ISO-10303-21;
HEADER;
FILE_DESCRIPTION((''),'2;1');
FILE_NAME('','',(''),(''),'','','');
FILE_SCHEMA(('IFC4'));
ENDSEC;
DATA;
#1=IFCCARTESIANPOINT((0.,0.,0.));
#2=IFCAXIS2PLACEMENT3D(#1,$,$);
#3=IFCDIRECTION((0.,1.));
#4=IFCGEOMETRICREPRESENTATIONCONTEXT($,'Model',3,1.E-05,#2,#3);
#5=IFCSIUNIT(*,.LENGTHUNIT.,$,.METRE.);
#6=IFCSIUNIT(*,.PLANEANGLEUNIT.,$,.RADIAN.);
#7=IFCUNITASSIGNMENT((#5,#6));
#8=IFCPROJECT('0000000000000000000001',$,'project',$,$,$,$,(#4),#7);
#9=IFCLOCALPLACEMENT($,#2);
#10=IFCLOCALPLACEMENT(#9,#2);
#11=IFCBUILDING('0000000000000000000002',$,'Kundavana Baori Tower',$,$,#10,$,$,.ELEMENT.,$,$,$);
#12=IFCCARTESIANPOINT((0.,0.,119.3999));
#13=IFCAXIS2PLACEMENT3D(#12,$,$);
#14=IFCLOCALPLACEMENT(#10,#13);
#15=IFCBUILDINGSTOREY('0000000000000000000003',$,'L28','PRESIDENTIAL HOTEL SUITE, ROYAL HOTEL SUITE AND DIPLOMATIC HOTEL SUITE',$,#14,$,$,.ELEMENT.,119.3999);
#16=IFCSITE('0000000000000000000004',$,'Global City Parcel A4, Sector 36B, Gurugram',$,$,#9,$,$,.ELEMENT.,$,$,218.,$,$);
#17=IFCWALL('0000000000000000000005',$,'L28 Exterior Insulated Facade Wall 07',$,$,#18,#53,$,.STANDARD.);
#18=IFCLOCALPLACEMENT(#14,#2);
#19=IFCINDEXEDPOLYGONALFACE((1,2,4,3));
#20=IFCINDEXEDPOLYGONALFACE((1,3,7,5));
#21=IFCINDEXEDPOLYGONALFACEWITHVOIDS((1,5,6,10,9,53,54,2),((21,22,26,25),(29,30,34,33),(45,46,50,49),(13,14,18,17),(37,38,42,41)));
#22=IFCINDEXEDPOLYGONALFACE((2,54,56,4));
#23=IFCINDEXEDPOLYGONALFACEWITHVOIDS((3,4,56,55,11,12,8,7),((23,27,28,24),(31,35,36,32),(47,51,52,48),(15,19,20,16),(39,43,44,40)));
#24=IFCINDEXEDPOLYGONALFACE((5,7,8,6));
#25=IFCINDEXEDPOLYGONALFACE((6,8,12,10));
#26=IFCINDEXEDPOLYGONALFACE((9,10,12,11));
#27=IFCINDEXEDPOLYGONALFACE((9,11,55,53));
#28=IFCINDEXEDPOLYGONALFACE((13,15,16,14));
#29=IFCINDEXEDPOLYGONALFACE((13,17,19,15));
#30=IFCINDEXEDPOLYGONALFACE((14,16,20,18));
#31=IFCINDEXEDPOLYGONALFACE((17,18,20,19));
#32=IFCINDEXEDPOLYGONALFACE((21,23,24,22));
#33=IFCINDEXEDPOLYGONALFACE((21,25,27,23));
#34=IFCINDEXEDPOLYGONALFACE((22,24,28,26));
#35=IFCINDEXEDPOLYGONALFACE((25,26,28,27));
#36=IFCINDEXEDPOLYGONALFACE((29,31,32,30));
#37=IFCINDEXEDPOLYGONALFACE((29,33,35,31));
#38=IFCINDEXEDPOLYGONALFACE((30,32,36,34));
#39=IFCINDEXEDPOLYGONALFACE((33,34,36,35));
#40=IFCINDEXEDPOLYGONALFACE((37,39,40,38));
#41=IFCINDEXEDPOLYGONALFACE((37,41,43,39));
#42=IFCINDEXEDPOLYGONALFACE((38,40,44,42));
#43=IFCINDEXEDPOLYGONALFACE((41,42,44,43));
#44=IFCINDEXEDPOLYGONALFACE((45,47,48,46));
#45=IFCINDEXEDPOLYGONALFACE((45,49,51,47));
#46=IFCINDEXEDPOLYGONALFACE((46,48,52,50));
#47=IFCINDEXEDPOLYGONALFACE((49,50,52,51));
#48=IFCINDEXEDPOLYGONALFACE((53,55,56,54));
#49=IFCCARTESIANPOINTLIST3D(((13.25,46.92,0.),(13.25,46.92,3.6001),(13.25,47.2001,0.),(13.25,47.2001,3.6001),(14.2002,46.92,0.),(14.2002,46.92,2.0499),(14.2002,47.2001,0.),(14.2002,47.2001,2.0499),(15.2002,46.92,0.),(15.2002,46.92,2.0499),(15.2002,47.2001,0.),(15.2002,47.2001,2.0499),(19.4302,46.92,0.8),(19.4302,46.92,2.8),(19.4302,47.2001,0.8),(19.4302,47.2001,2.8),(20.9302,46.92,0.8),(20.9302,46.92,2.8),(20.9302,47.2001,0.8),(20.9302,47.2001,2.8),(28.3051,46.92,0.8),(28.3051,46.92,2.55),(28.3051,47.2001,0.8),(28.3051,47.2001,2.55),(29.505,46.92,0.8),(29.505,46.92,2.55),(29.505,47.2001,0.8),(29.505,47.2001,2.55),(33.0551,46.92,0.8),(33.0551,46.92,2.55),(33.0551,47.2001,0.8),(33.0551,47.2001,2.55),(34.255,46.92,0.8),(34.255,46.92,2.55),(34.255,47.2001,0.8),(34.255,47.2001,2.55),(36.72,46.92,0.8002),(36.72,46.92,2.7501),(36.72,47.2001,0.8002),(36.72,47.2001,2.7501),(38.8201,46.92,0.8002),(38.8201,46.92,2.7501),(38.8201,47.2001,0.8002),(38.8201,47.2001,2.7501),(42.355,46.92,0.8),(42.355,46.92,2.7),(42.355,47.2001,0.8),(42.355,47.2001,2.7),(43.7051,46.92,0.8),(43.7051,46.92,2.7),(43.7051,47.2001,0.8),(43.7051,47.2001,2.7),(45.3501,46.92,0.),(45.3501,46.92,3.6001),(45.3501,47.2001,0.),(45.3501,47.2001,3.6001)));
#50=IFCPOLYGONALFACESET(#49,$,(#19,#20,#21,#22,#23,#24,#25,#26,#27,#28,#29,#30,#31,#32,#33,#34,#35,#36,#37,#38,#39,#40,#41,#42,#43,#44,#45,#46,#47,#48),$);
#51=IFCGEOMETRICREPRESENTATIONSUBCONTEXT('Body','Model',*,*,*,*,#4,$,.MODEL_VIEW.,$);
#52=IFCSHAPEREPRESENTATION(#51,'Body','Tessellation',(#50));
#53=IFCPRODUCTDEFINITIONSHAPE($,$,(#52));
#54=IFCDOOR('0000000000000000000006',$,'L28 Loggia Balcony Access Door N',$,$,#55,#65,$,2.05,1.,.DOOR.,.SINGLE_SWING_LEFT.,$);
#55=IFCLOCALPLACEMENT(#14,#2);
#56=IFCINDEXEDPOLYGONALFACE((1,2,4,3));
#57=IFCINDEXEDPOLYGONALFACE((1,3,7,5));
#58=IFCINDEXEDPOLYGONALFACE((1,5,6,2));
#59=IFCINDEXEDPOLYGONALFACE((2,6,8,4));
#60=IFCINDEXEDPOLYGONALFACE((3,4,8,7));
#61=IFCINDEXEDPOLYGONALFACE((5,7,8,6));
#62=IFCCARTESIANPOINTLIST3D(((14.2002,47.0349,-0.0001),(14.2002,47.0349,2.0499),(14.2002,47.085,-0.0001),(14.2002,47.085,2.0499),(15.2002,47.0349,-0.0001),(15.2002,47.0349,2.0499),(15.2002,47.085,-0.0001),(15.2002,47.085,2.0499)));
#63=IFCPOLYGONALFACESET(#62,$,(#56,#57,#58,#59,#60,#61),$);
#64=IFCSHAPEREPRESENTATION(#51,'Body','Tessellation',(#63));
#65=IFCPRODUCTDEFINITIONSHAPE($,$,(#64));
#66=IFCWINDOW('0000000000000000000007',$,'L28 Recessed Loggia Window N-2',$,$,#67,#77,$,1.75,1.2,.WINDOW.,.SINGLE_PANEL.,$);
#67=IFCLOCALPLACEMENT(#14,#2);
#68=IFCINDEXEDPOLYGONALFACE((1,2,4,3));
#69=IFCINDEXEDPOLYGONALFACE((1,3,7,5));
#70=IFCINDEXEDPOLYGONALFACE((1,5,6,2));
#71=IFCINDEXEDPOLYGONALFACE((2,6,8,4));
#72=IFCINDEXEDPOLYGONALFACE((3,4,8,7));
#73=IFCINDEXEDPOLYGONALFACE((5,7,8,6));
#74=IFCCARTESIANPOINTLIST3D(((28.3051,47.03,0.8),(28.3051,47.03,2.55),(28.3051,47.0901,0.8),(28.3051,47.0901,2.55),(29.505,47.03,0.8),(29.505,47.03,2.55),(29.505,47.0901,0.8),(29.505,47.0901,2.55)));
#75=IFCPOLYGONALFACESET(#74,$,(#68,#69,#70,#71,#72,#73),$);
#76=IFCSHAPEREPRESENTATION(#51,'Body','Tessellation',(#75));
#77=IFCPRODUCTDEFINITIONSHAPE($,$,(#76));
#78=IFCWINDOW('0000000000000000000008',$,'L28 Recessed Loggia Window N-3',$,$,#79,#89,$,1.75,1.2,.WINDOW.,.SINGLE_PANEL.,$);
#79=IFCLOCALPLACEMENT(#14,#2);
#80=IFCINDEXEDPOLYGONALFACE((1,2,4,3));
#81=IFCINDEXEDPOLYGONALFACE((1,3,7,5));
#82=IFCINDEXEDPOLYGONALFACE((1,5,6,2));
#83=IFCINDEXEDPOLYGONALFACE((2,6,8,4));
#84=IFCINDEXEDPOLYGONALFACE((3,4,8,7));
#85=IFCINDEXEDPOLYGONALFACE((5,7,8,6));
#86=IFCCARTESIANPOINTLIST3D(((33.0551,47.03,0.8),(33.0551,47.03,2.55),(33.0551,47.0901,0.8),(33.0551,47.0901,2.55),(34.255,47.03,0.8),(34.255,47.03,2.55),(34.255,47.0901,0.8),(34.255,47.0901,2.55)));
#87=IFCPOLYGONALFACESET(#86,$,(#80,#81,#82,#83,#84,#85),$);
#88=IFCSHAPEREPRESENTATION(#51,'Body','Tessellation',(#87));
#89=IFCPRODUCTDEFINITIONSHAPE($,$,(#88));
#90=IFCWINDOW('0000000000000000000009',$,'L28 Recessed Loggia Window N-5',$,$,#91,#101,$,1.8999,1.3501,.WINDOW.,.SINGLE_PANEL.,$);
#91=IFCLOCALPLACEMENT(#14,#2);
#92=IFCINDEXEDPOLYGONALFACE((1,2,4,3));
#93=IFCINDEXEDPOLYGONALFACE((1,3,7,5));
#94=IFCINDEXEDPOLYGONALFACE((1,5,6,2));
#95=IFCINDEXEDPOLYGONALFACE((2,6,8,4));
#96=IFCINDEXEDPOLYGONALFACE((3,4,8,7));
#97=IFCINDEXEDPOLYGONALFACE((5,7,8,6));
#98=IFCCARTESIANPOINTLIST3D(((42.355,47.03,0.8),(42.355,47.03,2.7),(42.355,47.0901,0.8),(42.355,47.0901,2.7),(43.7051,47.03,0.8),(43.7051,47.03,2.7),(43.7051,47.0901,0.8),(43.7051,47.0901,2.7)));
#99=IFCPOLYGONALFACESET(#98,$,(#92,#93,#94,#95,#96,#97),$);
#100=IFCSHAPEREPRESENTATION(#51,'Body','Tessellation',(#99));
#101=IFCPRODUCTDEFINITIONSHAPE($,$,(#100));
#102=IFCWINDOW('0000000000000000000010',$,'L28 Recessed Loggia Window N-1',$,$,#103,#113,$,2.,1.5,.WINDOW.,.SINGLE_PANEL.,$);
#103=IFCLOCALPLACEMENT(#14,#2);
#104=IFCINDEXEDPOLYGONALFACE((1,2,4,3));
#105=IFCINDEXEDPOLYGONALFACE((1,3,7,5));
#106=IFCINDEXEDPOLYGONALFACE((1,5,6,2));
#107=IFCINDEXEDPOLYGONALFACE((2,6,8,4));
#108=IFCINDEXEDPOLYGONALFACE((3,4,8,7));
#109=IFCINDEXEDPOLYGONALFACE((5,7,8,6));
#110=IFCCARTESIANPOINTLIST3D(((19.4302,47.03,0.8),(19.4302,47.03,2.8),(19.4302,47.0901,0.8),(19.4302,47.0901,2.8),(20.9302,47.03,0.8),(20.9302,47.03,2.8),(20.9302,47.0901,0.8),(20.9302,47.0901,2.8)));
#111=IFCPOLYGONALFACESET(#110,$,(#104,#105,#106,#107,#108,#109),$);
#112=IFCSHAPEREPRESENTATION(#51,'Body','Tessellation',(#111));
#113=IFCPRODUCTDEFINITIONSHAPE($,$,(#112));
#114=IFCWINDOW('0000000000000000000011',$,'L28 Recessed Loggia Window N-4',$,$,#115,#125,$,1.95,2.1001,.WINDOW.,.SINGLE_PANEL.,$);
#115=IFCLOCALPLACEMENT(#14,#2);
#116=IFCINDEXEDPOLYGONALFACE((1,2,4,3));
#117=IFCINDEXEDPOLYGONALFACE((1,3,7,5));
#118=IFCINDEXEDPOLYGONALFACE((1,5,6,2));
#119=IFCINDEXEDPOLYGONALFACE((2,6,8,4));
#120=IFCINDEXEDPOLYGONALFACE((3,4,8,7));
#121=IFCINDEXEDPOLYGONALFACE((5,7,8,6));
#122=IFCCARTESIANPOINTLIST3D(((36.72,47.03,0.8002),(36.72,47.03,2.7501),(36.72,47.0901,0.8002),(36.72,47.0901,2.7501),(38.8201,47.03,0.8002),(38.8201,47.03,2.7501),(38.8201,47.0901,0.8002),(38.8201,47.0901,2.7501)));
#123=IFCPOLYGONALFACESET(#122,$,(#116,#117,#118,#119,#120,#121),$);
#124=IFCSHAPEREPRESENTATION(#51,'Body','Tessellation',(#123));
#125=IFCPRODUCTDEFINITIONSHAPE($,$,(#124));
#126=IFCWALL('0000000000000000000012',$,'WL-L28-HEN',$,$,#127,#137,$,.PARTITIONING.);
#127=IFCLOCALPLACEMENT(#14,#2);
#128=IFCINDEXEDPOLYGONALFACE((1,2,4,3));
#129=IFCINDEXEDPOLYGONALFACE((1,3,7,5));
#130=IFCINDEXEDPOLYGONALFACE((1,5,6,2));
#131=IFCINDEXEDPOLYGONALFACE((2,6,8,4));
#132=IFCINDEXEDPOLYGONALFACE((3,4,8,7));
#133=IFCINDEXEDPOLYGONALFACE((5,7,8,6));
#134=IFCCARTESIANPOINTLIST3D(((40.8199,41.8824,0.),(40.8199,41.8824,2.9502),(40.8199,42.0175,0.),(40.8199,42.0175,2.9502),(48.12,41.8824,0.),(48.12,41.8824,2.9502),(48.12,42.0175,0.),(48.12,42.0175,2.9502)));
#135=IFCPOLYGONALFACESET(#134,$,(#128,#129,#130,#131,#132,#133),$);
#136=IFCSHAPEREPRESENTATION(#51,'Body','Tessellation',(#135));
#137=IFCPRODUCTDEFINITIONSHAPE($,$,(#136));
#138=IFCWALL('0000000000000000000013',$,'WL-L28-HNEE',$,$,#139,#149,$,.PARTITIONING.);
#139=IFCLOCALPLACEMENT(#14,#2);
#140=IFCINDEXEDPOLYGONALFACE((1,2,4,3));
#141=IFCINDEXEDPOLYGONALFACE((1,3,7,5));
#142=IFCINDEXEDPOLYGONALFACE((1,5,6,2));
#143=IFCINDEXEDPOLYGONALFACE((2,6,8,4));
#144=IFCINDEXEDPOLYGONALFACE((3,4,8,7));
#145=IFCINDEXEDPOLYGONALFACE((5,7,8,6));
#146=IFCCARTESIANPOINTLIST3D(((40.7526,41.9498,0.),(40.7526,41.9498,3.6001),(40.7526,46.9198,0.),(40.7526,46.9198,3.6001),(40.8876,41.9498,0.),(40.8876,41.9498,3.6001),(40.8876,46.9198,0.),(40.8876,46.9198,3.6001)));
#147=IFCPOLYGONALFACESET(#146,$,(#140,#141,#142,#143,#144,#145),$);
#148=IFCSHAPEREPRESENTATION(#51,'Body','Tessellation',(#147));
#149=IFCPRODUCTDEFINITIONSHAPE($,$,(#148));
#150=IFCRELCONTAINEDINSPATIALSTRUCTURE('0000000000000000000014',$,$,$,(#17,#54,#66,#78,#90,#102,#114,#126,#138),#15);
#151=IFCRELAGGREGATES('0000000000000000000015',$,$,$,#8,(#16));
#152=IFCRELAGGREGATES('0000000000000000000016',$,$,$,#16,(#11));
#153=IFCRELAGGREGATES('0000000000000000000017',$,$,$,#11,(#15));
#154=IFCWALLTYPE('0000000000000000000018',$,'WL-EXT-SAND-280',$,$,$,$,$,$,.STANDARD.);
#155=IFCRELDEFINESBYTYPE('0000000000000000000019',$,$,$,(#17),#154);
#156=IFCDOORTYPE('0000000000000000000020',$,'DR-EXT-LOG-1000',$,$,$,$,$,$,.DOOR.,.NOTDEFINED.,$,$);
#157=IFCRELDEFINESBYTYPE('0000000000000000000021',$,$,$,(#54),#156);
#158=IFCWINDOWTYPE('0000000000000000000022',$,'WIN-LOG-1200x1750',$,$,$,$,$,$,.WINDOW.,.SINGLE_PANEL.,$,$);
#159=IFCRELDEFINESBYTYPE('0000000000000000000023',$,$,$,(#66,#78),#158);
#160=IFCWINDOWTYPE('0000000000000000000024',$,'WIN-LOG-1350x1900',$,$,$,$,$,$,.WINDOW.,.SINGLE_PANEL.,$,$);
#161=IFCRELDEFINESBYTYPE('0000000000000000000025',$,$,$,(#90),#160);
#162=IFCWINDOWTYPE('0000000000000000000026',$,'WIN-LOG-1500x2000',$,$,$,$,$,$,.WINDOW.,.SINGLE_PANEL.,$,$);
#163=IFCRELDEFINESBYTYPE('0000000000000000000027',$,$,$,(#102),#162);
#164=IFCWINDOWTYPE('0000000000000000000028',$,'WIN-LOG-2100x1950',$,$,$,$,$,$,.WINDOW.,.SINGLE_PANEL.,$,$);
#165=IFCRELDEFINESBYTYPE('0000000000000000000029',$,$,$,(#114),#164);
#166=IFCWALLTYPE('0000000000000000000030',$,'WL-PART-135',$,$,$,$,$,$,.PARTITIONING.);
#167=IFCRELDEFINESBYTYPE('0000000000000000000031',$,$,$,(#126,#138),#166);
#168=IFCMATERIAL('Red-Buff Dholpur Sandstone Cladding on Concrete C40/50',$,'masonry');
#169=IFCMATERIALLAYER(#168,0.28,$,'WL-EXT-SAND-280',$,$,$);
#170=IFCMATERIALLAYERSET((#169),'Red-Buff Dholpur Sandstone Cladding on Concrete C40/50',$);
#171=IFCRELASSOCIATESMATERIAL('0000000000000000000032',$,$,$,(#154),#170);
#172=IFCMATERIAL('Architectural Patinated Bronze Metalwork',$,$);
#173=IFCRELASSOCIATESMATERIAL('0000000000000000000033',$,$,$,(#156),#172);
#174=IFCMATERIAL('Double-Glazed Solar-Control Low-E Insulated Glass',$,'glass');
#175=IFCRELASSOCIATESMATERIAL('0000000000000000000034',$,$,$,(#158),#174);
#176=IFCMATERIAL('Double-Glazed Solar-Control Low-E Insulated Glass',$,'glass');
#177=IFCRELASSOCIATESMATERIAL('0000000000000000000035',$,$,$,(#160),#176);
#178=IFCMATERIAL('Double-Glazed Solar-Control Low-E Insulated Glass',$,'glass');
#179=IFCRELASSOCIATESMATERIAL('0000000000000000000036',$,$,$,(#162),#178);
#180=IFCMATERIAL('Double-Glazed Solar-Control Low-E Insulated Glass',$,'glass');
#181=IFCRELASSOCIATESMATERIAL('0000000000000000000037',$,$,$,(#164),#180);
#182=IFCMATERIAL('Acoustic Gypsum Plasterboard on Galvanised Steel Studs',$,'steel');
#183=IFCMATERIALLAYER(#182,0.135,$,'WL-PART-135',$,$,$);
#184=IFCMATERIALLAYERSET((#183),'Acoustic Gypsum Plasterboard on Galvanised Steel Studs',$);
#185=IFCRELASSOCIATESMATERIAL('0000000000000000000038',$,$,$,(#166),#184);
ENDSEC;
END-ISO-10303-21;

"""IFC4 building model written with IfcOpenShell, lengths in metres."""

from ifc_helpers import new_model, si_unit, direction, frame, frame_2d, origin, place, context, subcontext, project, spatial, rectangle, extrude, material, layer, layer_set, type_object, element, fill, save


model = new_model("IFC4")

# Units and contexts
model_context = context("Model", 3, precision=1e-05, world=origin(), true_north=direction((0.0, 1.0)))
body_context = subcontext(model_context, "Body", "Model", "MODEL_VIEW")
ifc_project = project(units=[si_unit("LENGTHUNIT", "METRE"), si_unit("PLANEANGLEUNIT", "RADIAN")], contexts=[model_context])

# Site, building, storey
site_placement = place(None, origin())
site = spatial("IfcSite", under=ifc_project, at=site_placement, Name="Global City Parcel A4, Sector 36B, Gurugram", CompositionType="ELEMENT", RefElevation=218.0)
building_placement = place(site_placement, origin())
building = spatial("IfcBuilding", under=site, at=building_placement, Name="Kundavana Baori Tower", CompositionType="ELEMENT")
storey_placement = place(building_placement, frame((0.0, 0.0, 119.3999)))
storey = spatial("IfcBuildingStorey", under=building, at=storey_placement, Name="L28", Description="PRESIDENTIAL HOTEL SUITE, ROYAL HOTEL SUITE AND DIPLOMATIC HOTEL SUITE", CompositionType="ELEMENT", Elevation=119.3999)

# Shared definitions
ifc_material_1 = material(Name="Red-Buff Dholpur Sandstone Cladding on Concrete C40/50", Category="masonry")
ifc_layer_1 = layer(ifc_material_1, 0.28, Name="WL-EXT-SAND-280")
ifc_layer_set_1 = layer_set([ifc_layer_1], Name="Red-Buff Dholpur Sandstone Cladding on Concrete C40/50")
wall_type_1 = type_object("IfcWallType", Name="WL-EXT-SAND-280", PredefinedType="STANDARD", material=ifc_layer_set_1)

# Wall, openings, door, windows
wall_1_placement = place(storey_placement, frame((45.3501, 47.0601, 0.0), z_axis=(0.0, 0.0, 1.0), x_axis=(-1.0, 0.0, 0.0)))
wall_1 = element("IfcWall", 1, at=wall_1_placement, inside=storey, type_object=wall_type_1, Name="L28 Exterior Insulated Facade Wall 07", PredefinedType="STANDARD", context=body_context, shape_type="SweptSolid", body=[
    extrude(rectangle(XDim=32.1001, YDim=0.28, at=frame_2d((16.05, 0.0))), origin(), (0.0, 0.0, 1.0), 3.6001),
])
opening_1_placement = place(wall_1_placement, frame((30.1499, 0.0, 0.0)))
opening_1 = element("IfcOpeningElement", 2, at=opening_1_placement, cuts=wall_1, PredefinedType="OPENING", context=body_context, shape_type="SweptSolid", body=[
    extrude(rectangle(XDim=1.0, YDim=2.05, at=frame_2d((0.5, 1.0249))), frame((0.0, 0.1499, 0.0), z_axis=(0.0, -1.0, 0.0), x_axis=(1.0, 0.0, 0.0)), (0.0, 0.0, 1.0), 0.3),
])
opening_2_placement = place(wall_1_placement, frame((24.4199, 0.0, 0.8)))
opening_2 = element("IfcOpeningElement", 3, at=opening_2_placement, cuts=wall_1, PredefinedType="OPENING", context=body_context, shape_type="SweptSolid", body=[
    extrude(rectangle(XDim=1.5, YDim=2.0, at=frame_2d((0.75, 1.0))), frame((0.0, 0.1499, 0.0), z_axis=(0.0, -1.0, 0.0), x_axis=(1.0, 0.0, 0.0)), (0.0, 0.0, 1.0), 0.3),
])
opening_3_placement = place(wall_1_placement, frame((15.845, 0.0, 0.8)))
opening_3 = element("IfcOpeningElement", 4, at=opening_3_placement, cuts=wall_1, PredefinedType="OPENING", context=body_context, shape_type="SweptSolid", body=[
    extrude(rectangle(XDim=1.2, YDim=1.75, at=frame_2d((0.6001, 0.875))), frame((0.0, 0.1499, 0.0), z_axis=(0.0, -1.0, 0.0), x_axis=(1.0, 0.0, 0.0)), (0.0, 0.0, 1.0), 0.3),
])
opening_4_placement = place(wall_1_placement, frame((11.095, 0.0, 0.8)))
opening_4 = element("IfcOpeningElement", 5, at=opening_4_placement, cuts=wall_1, PredefinedType="OPENING", context=body_context, shape_type="SweptSolid", body=[
    extrude(rectangle(XDim=1.2, YDim=1.75, at=frame_2d((0.6001, 0.875))), frame((0.0, 0.1499, 0.0), z_axis=(0.0, -1.0, 0.0), x_axis=(1.0, 0.0, 0.0)), (0.0, 0.0, 1.0), 0.3),
])
opening_5_placement = place(wall_1_placement, frame((6.53, 0.0, 0.8)))
opening_5 = element("IfcOpeningElement", 6, at=opening_5_placement, cuts=wall_1, PredefinedType="OPENING", context=body_context, shape_type="SweptSolid", body=[
    extrude(rectangle(XDim=2.1001, YDim=1.95, at=frame_2d((1.05, 0.9751))), frame((0.0, 0.1499, 0.0), z_axis=(0.0, -1.0, 0.0), x_axis=(1.0, 0.0, 0.0)), (0.0, 0.0, 1.0), 0.3),
])
opening_6_placement = place(wall_1_placement, frame((1.645, 0.0, 0.8)))
opening_6 = element("IfcOpeningElement", 7, at=opening_6_placement, cuts=wall_1, PredefinedType="OPENING", context=body_context, shape_type="SweptSolid", body=[
    extrude(rectangle(XDim=1.3501, YDim=1.8999, at=frame_2d((0.675, 0.95))), frame((0.0, 0.1499, 0.0), z_axis=(0.0, -1.0, 0.0), x_axis=(1.0, 0.0, 0.0)), (0.0, 0.0, 1.0), 0.3),
])
ifc_material_2 = material(Name="Architectural Patinated Bronze Metalwork")
door_type_1 = type_object("IfcDoorType", Name="DR-EXT-LOG-1000", OperationType="NOTDEFINED", PredefinedType="DOOR", material=ifc_material_2)
door_1_placement = place(opening_1_placement, frame((1.0, 0.0, 0.0), z_axis=(0.0, 0.0, 1.0), x_axis=(-1.0, 0.0, 0.0)))
door_1 = element("IfcDoor", 8, at=door_1_placement, inside=storey, type_object=door_type_1, Name="L28 Loggia Balcony Access Door N", OperationType="SINGLE_SWING_LEFT", OverallHeight=2.05, OverallWidth=1.0, PredefinedType="DOOR", context=body_context, shape_type="SweptSolid", body=[
    extrude(rectangle(XDim=1.0, YDim=2.05, at=frame_2d((0.5, 1.0249))), frame((0.0, 0.0249, 0.0), z_axis=(0.0, -1.0, 0.0), x_axis=(1.0, 0.0, 0.0)), (0.0, 0.0, 1.0), 0.05),
])
fill(opening_1, door_1)
ifc_material_3 = material(Name="Double-Glazed Solar-Control Low-E Insulated Glass", Category="glass")
window_type_1 = type_object("IfcWindowType", Name="WIN-LOG-1200x1750", PartitioningType="SINGLE_PANEL", PredefinedType="WINDOW", material=ifc_material_3)
window_1_placement = place(opening_3_placement, origin())
window_1 = element("IfcWindow", 9, at=window_1_placement, inside=storey, type_object=window_type_1, Name="L28 Recessed Loggia Window N-2", OverallHeight=1.75, OverallWidth=1.2, PartitioningType="SINGLE_PANEL", PredefinedType="WINDOW", context=body_context, shape_type="SweptSolid", body=[
    extrude(rectangle(XDim=1.2, YDim=1.75, at=frame_2d((0.6001, 0.875))), frame((0.0, 0.03, 0.0), z_axis=(0.0, -1.0, 0.0), x_axis=(1.0, 0.0, 0.0)), (0.0, 0.0, 1.0), 0.0601),
])
fill(opening_3, window_1)
window_2_placement = place(opening_4_placement, origin())
window_2 = element("IfcWindow", 10, at=window_2_placement, inside=storey, type_object=window_type_1, Name="L28 Recessed Loggia Window N-3", OverallHeight=1.75, OverallWidth=1.2, PartitioningType="SINGLE_PANEL", PredefinedType="WINDOW", context=body_context, shape_type="SweptSolid", body=[
    extrude(rectangle(XDim=1.2, YDim=1.75, at=frame_2d((0.6001, 0.875))), frame((0.0, 0.03, 0.0), z_axis=(0.0, -1.0, 0.0), x_axis=(1.0, 0.0, 0.0)), (0.0, 0.0, 1.0), 0.0601),
])
fill(opening_4, window_2)
ifc_material_4 = material(Name="Double-Glazed Solar-Control Low-E Insulated Glass", Category="glass")
window_type_2 = type_object("IfcWindowType", Name="WIN-LOG-1350x1900", PartitioningType="SINGLE_PANEL", PredefinedType="WINDOW", material=ifc_material_4)
window_3_placement = place(opening_6_placement, origin())
window_3 = element("IfcWindow", 11, at=window_3_placement, inside=storey, type_object=window_type_2, Name="L28 Recessed Loggia Window N-5", OverallHeight=1.8999, OverallWidth=1.3501, PartitioningType="SINGLE_PANEL", PredefinedType="WINDOW", context=body_context, shape_type="SweptSolid", body=[
    extrude(rectangle(XDim=1.3501, YDim=1.8999, at=frame_2d((0.675, 0.95))), frame((0.0, 0.03, 0.0), z_axis=(0.0, -1.0, 0.0), x_axis=(1.0, 0.0, 0.0)), (0.0, 0.0, 1.0), 0.0601),
])
fill(opening_6, window_3)
ifc_material_5 = material(Name="Double-Glazed Solar-Control Low-E Insulated Glass", Category="glass")
window_type_3 = type_object("IfcWindowType", Name="WIN-LOG-1500x2000", PartitioningType="SINGLE_PANEL", PredefinedType="WINDOW", material=ifc_material_5)
window_4_placement = place(opening_2_placement, origin())
window_4 = element("IfcWindow", 12, at=window_4_placement, inside=storey, type_object=window_type_3, Name="L28 Recessed Loggia Window N-1", OverallHeight=2.0, OverallWidth=1.5, PartitioningType="SINGLE_PANEL", PredefinedType="WINDOW", context=body_context, shape_type="SweptSolid", body=[
    extrude(rectangle(XDim=1.5, YDim=2.0, at=frame_2d((0.75, 1.0))), frame((0.0, 0.03, 0.0), z_axis=(0.0, -1.0, 0.0), x_axis=(1.0, 0.0, 0.0)), (0.0, 0.0, 1.0), 0.0601),
])
fill(opening_2, window_4)
ifc_material_6 = material(Name="Double-Glazed Solar-Control Low-E Insulated Glass", Category="glass")
window_type_4 = type_object("IfcWindowType", Name="WIN-LOG-2100x1950", PartitioningType="SINGLE_PANEL", PredefinedType="WINDOW", material=ifc_material_6)
window_5_placement = place(opening_5_placement, origin())
window_5 = element("IfcWindow", 13, at=window_5_placement, inside=storey, type_object=window_type_4, Name="L28 Recessed Loggia Window N-4", OverallHeight=1.95, OverallWidth=2.1001, PartitioningType="SINGLE_PANEL", PredefinedType="WINDOW", context=body_context, shape_type="SweptSolid", body=[
    extrude(rectangle(XDim=2.1001, YDim=1.95, at=frame_2d((1.05, 0.9751))), frame((0.0, 0.03, 0.0), z_axis=(0.0, -1.0, 0.0), x_axis=(1.0, 0.0, 0.0)), (0.0, 0.0, 1.0), 0.0601),
])
fill(opening_5, window_5)

# Walls
ifc_material_7 = material(Name="Acoustic Gypsum Plasterboard on Galvanised Steel Studs", Category="steel")
ifc_layer_2 = layer(ifc_material_7, 0.135, Name="WL-PART-135")
ifc_layer_set_2 = layer_set([ifc_layer_2], Name="Acoustic Gypsum Plasterboard on Galvanised Steel Studs")
wall_type_2 = type_object("IfcWallType", Name="WL-PART-135", PredefinedType="PARTITIONING", material=ifc_layer_set_2)
wall_2_placement = place(storey_placement, frame((40.8201, 41.95, 0.0), z_axis=(0.0, 0.0, 1.0), x_axis=(1.0, 0.0, 0.0)))
element("IfcWall", 14, at=wall_2_placement, inside=storey, type_object=wall_type_2, Name="WL-L28-HEN", PredefinedType="PARTITIONING", context=body_context, shape_type="SweptSolid", body=[
    extrude(rectangle(XDim=7.3, YDim=0.135, at=frame_2d((3.6499, 0.0))), origin(), (0.0, 0.0, 1.0), 2.9502),
])
wall_3_placement = place(storey_placement, frame((40.8201, 41.95, 0.0), z_axis=(0.0, 0.0, 1.0), x_axis=(0.0, 1.0, 0.0)))
element("IfcWall", 15, at=wall_3_placement, inside=storey, type_object=wall_type_2, Name="WL-L28-HNEE", PredefinedType="PARTITIONING", context=body_context, shape_type="SweptSolid", body=[
    extrude(rectangle(XDim=4.97, YDim=0.135, at=frame_2d((2.4849, 0.0))), origin(), (0.0, 0.0, 1.0), 3.6001),
])

save(model, "model.ifc")
